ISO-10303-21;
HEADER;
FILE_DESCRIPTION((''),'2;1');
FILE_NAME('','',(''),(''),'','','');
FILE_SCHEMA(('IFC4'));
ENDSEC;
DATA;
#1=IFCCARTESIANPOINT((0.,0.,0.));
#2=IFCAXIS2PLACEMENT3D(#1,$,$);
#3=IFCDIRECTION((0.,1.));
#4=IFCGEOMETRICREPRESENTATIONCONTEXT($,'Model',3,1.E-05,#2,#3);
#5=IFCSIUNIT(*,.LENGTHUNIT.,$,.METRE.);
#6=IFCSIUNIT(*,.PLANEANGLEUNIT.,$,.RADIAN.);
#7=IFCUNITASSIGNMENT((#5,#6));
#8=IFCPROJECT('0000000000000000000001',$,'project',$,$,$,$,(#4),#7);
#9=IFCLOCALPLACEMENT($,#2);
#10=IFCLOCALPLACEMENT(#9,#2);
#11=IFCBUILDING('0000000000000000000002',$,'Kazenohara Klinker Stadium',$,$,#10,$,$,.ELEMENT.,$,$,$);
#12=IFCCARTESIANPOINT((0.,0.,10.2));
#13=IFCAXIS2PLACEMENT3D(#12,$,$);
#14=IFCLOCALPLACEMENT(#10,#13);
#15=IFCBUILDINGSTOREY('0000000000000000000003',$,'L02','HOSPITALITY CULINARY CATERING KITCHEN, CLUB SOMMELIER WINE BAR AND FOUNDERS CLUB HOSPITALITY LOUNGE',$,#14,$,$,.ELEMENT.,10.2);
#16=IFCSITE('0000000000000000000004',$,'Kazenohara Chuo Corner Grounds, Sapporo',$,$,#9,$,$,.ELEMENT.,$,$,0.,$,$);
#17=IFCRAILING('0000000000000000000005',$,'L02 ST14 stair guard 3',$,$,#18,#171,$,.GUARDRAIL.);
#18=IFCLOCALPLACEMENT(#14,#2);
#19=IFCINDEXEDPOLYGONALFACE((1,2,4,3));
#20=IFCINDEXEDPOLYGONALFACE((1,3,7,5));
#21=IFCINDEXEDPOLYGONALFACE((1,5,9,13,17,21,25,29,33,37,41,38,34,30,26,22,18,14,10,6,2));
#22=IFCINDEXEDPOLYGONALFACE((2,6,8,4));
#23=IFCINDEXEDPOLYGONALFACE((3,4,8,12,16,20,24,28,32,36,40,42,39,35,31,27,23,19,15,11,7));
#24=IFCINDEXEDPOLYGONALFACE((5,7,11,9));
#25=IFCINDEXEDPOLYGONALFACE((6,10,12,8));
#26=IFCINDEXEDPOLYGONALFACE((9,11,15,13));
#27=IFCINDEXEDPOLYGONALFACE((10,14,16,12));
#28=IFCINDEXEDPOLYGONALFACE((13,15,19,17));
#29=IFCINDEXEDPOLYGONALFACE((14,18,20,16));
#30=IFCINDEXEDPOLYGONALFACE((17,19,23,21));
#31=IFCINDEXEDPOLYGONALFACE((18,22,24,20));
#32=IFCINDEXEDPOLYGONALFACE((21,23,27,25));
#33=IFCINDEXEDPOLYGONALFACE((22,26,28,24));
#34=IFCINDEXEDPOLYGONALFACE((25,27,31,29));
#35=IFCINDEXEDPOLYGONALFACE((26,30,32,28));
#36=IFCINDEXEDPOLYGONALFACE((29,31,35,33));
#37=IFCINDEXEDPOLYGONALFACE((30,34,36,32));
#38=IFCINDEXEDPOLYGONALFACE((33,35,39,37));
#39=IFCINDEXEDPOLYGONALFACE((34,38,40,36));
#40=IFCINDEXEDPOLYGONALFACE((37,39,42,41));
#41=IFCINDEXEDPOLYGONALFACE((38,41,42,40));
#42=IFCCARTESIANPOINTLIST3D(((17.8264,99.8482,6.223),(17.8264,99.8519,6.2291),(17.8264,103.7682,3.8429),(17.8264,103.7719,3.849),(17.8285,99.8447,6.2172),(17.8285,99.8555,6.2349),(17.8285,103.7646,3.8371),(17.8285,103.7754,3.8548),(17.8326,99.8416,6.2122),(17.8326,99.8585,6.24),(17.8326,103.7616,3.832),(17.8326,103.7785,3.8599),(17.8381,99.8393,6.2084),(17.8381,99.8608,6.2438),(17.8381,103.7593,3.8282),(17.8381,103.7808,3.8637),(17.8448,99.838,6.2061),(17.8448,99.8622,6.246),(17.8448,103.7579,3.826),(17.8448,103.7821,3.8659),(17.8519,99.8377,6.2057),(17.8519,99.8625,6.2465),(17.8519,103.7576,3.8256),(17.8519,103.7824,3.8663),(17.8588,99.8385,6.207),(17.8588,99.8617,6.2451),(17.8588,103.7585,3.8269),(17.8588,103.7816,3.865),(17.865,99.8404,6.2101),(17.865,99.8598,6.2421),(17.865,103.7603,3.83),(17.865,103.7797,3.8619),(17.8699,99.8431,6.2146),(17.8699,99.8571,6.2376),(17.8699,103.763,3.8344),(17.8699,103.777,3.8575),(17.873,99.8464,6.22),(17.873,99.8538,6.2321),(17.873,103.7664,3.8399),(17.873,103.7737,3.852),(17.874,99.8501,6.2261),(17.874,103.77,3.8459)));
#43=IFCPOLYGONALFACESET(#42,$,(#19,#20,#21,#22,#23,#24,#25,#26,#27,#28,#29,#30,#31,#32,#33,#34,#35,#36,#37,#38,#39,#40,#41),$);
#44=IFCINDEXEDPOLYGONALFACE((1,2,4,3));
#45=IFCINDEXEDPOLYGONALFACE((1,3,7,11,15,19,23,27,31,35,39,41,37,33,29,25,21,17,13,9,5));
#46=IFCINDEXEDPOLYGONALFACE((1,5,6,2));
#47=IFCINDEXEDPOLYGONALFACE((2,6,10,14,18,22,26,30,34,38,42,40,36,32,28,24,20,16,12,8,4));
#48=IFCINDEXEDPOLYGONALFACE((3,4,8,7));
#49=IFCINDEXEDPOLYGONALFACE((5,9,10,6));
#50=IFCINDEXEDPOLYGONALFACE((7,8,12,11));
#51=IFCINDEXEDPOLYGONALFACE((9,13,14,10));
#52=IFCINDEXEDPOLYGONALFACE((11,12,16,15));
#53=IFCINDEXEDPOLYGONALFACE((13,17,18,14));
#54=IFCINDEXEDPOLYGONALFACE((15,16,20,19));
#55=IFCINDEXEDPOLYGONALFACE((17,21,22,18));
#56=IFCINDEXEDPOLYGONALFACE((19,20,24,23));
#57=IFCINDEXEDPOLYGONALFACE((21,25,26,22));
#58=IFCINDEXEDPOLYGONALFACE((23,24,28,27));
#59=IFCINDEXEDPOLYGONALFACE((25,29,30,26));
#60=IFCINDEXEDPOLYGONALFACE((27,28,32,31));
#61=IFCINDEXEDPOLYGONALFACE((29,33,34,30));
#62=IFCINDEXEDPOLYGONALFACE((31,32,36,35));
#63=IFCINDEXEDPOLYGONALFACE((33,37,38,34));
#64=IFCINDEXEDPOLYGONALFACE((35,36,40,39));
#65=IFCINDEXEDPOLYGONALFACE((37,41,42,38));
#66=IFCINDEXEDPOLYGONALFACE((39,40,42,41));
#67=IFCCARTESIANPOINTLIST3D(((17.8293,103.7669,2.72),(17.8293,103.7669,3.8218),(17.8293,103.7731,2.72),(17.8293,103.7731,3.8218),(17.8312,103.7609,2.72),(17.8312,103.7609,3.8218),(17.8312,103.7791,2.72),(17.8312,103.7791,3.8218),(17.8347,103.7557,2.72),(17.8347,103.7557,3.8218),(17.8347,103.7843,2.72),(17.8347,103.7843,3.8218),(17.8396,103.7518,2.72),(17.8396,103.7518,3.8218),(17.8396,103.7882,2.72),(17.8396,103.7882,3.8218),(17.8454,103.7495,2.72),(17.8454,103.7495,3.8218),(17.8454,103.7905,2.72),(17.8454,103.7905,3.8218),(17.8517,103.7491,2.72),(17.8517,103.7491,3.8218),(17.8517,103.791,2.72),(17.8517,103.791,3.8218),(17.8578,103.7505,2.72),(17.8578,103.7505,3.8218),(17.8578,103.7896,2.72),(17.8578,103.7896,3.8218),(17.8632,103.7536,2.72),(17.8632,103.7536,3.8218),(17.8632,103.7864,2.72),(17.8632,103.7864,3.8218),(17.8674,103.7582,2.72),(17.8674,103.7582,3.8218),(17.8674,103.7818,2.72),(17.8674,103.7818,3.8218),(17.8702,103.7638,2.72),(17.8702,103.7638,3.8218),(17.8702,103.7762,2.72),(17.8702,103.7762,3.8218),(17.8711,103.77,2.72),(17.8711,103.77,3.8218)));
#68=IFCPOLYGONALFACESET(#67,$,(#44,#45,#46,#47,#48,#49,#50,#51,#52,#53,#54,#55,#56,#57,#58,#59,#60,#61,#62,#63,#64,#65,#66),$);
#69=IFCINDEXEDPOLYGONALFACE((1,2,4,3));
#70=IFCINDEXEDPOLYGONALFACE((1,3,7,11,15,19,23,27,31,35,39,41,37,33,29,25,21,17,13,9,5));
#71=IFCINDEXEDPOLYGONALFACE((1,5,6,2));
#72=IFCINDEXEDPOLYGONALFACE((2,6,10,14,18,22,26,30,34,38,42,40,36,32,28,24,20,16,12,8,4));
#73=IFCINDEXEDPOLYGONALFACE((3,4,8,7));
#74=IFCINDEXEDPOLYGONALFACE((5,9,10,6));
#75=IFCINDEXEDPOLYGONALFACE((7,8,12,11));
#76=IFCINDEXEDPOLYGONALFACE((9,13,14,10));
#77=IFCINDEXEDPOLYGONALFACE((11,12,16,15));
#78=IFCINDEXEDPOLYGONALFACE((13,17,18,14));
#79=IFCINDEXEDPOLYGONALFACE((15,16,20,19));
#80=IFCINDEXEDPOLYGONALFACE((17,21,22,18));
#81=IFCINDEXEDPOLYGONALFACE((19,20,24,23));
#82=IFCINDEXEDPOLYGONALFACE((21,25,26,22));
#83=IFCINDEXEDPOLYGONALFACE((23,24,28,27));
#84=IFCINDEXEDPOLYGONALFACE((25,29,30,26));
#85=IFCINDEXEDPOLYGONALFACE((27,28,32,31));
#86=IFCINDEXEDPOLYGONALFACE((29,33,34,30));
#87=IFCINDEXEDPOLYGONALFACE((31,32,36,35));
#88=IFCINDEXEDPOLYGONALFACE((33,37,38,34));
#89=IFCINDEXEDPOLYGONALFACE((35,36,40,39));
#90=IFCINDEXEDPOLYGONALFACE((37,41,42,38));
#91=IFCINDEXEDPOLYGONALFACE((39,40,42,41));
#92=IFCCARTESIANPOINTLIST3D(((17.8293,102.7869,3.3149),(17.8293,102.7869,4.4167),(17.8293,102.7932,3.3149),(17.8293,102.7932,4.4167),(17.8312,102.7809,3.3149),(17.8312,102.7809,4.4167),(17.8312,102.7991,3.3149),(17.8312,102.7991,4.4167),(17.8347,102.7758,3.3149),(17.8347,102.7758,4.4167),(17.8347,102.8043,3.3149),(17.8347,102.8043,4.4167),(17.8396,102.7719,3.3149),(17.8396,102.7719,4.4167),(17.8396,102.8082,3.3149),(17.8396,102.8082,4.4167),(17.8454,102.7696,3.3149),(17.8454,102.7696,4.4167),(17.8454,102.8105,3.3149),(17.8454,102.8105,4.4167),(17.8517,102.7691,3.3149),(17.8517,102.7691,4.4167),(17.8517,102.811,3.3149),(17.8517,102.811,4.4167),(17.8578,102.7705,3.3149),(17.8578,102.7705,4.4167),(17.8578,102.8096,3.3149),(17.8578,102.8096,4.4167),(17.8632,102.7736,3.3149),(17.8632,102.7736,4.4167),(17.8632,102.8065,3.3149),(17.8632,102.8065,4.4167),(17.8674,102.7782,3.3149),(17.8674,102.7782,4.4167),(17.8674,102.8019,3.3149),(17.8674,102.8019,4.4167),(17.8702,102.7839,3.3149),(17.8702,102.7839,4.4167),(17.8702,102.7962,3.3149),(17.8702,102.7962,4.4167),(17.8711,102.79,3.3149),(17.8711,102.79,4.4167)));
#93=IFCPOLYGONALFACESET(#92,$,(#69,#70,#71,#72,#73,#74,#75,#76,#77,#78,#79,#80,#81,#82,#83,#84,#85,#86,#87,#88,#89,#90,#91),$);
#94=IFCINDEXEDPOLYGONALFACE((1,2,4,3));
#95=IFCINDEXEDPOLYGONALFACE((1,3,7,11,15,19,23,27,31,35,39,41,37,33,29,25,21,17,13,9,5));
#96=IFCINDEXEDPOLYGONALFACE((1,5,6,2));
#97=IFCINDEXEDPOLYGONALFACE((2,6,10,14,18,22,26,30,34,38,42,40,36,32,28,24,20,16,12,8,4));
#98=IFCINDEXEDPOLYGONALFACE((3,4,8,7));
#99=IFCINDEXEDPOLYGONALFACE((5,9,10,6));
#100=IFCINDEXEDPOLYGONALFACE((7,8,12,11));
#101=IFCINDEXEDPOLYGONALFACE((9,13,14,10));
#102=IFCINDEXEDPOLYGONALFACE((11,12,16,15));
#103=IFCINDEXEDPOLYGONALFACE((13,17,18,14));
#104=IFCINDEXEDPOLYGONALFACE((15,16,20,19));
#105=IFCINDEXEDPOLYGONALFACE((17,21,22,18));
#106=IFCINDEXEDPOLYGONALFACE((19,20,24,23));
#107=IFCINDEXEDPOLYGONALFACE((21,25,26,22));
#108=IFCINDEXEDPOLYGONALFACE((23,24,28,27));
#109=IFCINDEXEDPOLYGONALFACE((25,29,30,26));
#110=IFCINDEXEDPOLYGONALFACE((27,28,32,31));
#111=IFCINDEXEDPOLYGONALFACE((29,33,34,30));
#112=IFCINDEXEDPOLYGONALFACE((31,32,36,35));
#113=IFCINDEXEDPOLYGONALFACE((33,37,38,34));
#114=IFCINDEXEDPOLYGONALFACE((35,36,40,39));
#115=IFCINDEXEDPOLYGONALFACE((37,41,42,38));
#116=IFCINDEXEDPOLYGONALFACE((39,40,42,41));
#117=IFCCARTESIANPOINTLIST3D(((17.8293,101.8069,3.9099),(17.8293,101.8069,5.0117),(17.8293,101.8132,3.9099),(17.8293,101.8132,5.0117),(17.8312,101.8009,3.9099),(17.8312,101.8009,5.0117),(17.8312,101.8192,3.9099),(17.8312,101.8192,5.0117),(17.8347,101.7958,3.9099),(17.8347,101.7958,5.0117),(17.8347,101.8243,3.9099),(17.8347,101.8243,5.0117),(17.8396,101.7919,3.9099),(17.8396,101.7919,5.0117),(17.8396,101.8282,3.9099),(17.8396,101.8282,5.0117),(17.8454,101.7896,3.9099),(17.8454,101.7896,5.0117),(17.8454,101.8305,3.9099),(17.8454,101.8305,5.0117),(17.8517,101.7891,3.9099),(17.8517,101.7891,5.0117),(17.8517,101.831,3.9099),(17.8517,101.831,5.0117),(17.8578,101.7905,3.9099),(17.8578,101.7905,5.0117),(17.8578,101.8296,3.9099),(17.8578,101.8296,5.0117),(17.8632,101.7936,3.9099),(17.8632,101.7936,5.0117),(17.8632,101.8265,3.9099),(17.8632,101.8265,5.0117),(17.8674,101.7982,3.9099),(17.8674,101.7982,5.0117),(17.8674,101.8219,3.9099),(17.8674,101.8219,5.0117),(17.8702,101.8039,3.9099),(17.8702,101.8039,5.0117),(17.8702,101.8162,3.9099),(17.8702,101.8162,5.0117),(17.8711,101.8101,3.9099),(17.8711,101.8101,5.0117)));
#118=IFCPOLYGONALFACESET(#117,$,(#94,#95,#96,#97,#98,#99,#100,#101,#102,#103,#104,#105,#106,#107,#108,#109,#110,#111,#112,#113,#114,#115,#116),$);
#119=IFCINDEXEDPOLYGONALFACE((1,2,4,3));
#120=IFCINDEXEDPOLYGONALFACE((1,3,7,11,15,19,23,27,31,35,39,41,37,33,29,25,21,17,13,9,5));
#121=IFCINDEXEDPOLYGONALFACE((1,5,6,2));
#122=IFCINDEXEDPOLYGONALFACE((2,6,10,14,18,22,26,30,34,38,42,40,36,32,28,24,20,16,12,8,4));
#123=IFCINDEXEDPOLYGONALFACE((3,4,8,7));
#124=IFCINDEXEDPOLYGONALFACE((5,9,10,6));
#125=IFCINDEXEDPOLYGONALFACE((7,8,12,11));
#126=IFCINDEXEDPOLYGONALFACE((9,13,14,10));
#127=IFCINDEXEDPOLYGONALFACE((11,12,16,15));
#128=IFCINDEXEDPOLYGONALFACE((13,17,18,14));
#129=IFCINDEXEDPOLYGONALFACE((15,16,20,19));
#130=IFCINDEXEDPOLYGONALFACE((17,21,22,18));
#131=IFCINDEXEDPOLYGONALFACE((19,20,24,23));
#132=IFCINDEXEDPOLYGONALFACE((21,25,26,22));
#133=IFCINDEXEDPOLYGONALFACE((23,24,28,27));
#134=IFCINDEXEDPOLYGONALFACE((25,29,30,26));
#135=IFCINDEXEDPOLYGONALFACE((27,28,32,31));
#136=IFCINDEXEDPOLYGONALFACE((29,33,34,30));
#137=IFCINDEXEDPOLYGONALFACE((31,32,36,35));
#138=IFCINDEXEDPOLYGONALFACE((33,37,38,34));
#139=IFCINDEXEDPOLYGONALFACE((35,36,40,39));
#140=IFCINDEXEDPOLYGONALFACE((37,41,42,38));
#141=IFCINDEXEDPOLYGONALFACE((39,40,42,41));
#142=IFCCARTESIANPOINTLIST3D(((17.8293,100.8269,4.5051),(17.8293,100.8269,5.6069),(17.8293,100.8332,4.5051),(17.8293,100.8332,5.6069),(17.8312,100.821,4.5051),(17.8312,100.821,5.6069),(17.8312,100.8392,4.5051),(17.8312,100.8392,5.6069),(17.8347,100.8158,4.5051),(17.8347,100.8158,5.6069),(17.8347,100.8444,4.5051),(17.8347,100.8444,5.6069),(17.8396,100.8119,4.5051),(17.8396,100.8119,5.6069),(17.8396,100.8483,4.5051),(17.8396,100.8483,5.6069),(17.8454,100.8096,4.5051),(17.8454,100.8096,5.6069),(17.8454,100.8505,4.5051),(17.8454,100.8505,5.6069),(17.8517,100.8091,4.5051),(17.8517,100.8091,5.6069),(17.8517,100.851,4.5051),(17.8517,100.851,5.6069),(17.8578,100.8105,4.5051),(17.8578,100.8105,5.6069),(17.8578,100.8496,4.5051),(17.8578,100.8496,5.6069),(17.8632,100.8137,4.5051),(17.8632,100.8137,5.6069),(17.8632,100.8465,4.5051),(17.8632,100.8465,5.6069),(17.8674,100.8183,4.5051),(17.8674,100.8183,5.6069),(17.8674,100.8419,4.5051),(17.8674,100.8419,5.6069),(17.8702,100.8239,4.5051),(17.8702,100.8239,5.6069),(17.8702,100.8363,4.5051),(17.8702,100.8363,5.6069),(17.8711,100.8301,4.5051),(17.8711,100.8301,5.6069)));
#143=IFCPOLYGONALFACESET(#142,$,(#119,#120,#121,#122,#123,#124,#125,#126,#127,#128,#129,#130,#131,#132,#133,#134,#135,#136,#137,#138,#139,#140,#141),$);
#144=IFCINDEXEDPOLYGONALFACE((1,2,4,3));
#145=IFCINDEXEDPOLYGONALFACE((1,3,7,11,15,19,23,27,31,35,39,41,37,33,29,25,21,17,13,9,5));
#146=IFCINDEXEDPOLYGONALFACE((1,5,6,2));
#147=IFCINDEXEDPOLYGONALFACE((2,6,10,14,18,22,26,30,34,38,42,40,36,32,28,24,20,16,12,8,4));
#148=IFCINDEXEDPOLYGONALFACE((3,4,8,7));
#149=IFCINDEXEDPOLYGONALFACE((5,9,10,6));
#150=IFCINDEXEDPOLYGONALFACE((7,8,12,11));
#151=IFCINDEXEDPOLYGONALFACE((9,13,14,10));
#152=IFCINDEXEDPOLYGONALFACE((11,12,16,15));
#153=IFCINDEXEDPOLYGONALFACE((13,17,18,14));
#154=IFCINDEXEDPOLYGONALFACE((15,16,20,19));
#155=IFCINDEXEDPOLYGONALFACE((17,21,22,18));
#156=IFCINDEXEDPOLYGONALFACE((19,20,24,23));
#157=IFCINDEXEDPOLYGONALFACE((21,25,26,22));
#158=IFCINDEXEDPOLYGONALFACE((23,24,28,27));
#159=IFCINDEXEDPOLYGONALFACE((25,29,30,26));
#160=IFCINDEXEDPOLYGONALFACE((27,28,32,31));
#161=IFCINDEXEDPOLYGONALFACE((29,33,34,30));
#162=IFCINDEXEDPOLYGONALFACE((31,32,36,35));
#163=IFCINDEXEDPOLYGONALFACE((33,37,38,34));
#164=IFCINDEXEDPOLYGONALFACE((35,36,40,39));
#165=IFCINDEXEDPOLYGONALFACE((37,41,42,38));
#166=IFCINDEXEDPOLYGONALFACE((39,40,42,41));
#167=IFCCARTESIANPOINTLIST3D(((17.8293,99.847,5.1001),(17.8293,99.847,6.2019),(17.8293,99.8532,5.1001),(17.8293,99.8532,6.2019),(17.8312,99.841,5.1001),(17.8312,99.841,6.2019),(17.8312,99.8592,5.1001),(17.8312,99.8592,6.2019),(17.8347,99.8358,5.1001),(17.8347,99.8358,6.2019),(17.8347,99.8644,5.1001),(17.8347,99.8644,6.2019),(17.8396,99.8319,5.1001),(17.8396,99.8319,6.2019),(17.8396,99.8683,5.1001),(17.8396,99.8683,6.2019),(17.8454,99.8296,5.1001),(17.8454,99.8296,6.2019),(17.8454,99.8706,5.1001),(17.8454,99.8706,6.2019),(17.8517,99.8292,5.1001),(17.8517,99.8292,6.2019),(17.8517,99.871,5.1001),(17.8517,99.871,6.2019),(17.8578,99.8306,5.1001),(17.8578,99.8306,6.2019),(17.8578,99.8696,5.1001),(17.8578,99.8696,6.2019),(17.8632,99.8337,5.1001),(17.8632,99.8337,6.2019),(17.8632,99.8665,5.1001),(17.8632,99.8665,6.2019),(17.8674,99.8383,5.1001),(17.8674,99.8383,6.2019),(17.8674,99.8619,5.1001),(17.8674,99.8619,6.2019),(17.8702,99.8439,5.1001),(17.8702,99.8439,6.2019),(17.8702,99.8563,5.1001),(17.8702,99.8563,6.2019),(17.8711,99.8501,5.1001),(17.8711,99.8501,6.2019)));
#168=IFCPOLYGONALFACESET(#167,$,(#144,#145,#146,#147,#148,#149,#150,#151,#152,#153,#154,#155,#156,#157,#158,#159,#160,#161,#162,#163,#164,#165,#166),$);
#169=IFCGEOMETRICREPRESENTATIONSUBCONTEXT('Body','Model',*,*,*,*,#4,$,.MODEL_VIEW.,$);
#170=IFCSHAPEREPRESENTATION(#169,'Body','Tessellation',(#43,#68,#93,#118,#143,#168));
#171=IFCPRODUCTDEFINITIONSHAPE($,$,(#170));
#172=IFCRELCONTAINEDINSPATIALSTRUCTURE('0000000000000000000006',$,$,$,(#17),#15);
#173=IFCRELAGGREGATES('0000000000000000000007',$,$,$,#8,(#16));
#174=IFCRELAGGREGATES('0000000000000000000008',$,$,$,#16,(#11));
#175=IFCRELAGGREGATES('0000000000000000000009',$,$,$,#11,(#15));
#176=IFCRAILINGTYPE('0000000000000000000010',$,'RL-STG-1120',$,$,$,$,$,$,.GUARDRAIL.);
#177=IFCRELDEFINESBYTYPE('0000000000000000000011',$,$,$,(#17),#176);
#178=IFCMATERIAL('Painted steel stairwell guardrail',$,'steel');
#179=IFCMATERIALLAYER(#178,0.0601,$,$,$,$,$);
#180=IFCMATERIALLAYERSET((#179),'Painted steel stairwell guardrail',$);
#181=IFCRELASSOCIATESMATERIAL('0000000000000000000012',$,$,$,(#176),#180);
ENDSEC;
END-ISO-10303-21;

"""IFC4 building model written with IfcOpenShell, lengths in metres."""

from ifc_helpers import new_model, si_unit, direction, frame, origin, origin_2d, place, context, subcontext, project, spatial, circle, extrude, material, layer, layer_set, type_object, element, save


model = new_model("IFC4")

# Units and contexts
model_context = context("Model", 3, precision=1e-05, world=origin(), true_north=direction((0.0, 1.0)))
body_context = subcontext(model_context, "Body", "Model", "MODEL_VIEW")
ifc_project = project(units=[si_unit("LENGTHUNIT", "METRE"), si_unit("PLANEANGLEUNIT", "RADIAN")], contexts=[model_context])

# Site, building, storey
site_placement = place(None, origin())
site = spatial("IfcSite", under=ifc_project, at=site_placement, Name="Kazenohara Chuo Corner Grounds, Sapporo", CompositionType="ELEMENT", RefElevation=0.0)
building_placement = place(site_placement, origin())
building = spatial("IfcBuilding", under=site, at=building_placement, Name="Kazenohara Klinker Stadium", CompositionType="ELEMENT")
storey_placement = place(building_placement, frame((0.0, 0.0, 10.2)))
storey = spatial("IfcBuildingStorey", under=building, at=storey_placement, Name="L02", Description="HOSPITALITY CULINARY CATERING KITCHEN, CLUB SOMMELIER WINE BAR AND FOUNDERS CLUB HOSPITALITY LOUNGE", CompositionType="ELEMENT", Elevation=10.2)

# Railing
ifc_material_1 = material(Name="Painted steel stairwell guardrail", Category="steel")
ifc_layer_1 = layer(ifc_material_1, 0.0601)
ifc_layer_set_1 = layer_set([ifc_layer_1], Name="Painted steel stairwell guardrail")
railing_type_1 = type_object("IfcRailingType", Name="RL-STG-1120", PredefinedType="GUARDRAIL", material=ifc_layer_set_1)
railing_1_placement = place(storey_placement, frame((17.8501, 103.77, 2.72)))
element("IfcRailing", 1, at=railing_1_placement, inside=storey, type_object=railing_type_1, Name="L02 ST14 stair guard 3", PredefinedType="GUARDRAIL", context=body_context, shape_type="SweptSolid", body=[
    extrude(circle(Radius=0.0239, at=origin_2d()), frame((0.0, 0.0, 1.126), z_axis=(0.0, -0.854771, 0.519006), x_axis=(1.0, 0.0, 0.0)), (0.0, 0.0, 1.0), 4.5859),
    extrude(circle(Radius=0.021, at=origin_2d()), origin(), (0.0, 0.0, 1.0), 1.1018),
    extrude(circle(Radius=0.021, at=origin_2d()), frame((0.0, -0.98, 0.595)), (0.0, 0.0, 1.0), 1.1018),
    extrude(circle(Radius=0.021, at=origin_2d()), frame((0.0, -1.96, 1.1899)), (0.0, 0.0, 1.0), 1.1018),
    extrude(circle(Radius=0.021, at=origin_2d()), frame((0.0, -2.9399, 1.7852)), (0.0, 0.0, 1.0), 1.1018),
    extrude(circle(Radius=0.021, at=origin_2d()), frame((0.0, -3.9199, 2.3801)), (0.0, 0.0, 1.0), 1.1018),
])

save(model, "model.ifc")
